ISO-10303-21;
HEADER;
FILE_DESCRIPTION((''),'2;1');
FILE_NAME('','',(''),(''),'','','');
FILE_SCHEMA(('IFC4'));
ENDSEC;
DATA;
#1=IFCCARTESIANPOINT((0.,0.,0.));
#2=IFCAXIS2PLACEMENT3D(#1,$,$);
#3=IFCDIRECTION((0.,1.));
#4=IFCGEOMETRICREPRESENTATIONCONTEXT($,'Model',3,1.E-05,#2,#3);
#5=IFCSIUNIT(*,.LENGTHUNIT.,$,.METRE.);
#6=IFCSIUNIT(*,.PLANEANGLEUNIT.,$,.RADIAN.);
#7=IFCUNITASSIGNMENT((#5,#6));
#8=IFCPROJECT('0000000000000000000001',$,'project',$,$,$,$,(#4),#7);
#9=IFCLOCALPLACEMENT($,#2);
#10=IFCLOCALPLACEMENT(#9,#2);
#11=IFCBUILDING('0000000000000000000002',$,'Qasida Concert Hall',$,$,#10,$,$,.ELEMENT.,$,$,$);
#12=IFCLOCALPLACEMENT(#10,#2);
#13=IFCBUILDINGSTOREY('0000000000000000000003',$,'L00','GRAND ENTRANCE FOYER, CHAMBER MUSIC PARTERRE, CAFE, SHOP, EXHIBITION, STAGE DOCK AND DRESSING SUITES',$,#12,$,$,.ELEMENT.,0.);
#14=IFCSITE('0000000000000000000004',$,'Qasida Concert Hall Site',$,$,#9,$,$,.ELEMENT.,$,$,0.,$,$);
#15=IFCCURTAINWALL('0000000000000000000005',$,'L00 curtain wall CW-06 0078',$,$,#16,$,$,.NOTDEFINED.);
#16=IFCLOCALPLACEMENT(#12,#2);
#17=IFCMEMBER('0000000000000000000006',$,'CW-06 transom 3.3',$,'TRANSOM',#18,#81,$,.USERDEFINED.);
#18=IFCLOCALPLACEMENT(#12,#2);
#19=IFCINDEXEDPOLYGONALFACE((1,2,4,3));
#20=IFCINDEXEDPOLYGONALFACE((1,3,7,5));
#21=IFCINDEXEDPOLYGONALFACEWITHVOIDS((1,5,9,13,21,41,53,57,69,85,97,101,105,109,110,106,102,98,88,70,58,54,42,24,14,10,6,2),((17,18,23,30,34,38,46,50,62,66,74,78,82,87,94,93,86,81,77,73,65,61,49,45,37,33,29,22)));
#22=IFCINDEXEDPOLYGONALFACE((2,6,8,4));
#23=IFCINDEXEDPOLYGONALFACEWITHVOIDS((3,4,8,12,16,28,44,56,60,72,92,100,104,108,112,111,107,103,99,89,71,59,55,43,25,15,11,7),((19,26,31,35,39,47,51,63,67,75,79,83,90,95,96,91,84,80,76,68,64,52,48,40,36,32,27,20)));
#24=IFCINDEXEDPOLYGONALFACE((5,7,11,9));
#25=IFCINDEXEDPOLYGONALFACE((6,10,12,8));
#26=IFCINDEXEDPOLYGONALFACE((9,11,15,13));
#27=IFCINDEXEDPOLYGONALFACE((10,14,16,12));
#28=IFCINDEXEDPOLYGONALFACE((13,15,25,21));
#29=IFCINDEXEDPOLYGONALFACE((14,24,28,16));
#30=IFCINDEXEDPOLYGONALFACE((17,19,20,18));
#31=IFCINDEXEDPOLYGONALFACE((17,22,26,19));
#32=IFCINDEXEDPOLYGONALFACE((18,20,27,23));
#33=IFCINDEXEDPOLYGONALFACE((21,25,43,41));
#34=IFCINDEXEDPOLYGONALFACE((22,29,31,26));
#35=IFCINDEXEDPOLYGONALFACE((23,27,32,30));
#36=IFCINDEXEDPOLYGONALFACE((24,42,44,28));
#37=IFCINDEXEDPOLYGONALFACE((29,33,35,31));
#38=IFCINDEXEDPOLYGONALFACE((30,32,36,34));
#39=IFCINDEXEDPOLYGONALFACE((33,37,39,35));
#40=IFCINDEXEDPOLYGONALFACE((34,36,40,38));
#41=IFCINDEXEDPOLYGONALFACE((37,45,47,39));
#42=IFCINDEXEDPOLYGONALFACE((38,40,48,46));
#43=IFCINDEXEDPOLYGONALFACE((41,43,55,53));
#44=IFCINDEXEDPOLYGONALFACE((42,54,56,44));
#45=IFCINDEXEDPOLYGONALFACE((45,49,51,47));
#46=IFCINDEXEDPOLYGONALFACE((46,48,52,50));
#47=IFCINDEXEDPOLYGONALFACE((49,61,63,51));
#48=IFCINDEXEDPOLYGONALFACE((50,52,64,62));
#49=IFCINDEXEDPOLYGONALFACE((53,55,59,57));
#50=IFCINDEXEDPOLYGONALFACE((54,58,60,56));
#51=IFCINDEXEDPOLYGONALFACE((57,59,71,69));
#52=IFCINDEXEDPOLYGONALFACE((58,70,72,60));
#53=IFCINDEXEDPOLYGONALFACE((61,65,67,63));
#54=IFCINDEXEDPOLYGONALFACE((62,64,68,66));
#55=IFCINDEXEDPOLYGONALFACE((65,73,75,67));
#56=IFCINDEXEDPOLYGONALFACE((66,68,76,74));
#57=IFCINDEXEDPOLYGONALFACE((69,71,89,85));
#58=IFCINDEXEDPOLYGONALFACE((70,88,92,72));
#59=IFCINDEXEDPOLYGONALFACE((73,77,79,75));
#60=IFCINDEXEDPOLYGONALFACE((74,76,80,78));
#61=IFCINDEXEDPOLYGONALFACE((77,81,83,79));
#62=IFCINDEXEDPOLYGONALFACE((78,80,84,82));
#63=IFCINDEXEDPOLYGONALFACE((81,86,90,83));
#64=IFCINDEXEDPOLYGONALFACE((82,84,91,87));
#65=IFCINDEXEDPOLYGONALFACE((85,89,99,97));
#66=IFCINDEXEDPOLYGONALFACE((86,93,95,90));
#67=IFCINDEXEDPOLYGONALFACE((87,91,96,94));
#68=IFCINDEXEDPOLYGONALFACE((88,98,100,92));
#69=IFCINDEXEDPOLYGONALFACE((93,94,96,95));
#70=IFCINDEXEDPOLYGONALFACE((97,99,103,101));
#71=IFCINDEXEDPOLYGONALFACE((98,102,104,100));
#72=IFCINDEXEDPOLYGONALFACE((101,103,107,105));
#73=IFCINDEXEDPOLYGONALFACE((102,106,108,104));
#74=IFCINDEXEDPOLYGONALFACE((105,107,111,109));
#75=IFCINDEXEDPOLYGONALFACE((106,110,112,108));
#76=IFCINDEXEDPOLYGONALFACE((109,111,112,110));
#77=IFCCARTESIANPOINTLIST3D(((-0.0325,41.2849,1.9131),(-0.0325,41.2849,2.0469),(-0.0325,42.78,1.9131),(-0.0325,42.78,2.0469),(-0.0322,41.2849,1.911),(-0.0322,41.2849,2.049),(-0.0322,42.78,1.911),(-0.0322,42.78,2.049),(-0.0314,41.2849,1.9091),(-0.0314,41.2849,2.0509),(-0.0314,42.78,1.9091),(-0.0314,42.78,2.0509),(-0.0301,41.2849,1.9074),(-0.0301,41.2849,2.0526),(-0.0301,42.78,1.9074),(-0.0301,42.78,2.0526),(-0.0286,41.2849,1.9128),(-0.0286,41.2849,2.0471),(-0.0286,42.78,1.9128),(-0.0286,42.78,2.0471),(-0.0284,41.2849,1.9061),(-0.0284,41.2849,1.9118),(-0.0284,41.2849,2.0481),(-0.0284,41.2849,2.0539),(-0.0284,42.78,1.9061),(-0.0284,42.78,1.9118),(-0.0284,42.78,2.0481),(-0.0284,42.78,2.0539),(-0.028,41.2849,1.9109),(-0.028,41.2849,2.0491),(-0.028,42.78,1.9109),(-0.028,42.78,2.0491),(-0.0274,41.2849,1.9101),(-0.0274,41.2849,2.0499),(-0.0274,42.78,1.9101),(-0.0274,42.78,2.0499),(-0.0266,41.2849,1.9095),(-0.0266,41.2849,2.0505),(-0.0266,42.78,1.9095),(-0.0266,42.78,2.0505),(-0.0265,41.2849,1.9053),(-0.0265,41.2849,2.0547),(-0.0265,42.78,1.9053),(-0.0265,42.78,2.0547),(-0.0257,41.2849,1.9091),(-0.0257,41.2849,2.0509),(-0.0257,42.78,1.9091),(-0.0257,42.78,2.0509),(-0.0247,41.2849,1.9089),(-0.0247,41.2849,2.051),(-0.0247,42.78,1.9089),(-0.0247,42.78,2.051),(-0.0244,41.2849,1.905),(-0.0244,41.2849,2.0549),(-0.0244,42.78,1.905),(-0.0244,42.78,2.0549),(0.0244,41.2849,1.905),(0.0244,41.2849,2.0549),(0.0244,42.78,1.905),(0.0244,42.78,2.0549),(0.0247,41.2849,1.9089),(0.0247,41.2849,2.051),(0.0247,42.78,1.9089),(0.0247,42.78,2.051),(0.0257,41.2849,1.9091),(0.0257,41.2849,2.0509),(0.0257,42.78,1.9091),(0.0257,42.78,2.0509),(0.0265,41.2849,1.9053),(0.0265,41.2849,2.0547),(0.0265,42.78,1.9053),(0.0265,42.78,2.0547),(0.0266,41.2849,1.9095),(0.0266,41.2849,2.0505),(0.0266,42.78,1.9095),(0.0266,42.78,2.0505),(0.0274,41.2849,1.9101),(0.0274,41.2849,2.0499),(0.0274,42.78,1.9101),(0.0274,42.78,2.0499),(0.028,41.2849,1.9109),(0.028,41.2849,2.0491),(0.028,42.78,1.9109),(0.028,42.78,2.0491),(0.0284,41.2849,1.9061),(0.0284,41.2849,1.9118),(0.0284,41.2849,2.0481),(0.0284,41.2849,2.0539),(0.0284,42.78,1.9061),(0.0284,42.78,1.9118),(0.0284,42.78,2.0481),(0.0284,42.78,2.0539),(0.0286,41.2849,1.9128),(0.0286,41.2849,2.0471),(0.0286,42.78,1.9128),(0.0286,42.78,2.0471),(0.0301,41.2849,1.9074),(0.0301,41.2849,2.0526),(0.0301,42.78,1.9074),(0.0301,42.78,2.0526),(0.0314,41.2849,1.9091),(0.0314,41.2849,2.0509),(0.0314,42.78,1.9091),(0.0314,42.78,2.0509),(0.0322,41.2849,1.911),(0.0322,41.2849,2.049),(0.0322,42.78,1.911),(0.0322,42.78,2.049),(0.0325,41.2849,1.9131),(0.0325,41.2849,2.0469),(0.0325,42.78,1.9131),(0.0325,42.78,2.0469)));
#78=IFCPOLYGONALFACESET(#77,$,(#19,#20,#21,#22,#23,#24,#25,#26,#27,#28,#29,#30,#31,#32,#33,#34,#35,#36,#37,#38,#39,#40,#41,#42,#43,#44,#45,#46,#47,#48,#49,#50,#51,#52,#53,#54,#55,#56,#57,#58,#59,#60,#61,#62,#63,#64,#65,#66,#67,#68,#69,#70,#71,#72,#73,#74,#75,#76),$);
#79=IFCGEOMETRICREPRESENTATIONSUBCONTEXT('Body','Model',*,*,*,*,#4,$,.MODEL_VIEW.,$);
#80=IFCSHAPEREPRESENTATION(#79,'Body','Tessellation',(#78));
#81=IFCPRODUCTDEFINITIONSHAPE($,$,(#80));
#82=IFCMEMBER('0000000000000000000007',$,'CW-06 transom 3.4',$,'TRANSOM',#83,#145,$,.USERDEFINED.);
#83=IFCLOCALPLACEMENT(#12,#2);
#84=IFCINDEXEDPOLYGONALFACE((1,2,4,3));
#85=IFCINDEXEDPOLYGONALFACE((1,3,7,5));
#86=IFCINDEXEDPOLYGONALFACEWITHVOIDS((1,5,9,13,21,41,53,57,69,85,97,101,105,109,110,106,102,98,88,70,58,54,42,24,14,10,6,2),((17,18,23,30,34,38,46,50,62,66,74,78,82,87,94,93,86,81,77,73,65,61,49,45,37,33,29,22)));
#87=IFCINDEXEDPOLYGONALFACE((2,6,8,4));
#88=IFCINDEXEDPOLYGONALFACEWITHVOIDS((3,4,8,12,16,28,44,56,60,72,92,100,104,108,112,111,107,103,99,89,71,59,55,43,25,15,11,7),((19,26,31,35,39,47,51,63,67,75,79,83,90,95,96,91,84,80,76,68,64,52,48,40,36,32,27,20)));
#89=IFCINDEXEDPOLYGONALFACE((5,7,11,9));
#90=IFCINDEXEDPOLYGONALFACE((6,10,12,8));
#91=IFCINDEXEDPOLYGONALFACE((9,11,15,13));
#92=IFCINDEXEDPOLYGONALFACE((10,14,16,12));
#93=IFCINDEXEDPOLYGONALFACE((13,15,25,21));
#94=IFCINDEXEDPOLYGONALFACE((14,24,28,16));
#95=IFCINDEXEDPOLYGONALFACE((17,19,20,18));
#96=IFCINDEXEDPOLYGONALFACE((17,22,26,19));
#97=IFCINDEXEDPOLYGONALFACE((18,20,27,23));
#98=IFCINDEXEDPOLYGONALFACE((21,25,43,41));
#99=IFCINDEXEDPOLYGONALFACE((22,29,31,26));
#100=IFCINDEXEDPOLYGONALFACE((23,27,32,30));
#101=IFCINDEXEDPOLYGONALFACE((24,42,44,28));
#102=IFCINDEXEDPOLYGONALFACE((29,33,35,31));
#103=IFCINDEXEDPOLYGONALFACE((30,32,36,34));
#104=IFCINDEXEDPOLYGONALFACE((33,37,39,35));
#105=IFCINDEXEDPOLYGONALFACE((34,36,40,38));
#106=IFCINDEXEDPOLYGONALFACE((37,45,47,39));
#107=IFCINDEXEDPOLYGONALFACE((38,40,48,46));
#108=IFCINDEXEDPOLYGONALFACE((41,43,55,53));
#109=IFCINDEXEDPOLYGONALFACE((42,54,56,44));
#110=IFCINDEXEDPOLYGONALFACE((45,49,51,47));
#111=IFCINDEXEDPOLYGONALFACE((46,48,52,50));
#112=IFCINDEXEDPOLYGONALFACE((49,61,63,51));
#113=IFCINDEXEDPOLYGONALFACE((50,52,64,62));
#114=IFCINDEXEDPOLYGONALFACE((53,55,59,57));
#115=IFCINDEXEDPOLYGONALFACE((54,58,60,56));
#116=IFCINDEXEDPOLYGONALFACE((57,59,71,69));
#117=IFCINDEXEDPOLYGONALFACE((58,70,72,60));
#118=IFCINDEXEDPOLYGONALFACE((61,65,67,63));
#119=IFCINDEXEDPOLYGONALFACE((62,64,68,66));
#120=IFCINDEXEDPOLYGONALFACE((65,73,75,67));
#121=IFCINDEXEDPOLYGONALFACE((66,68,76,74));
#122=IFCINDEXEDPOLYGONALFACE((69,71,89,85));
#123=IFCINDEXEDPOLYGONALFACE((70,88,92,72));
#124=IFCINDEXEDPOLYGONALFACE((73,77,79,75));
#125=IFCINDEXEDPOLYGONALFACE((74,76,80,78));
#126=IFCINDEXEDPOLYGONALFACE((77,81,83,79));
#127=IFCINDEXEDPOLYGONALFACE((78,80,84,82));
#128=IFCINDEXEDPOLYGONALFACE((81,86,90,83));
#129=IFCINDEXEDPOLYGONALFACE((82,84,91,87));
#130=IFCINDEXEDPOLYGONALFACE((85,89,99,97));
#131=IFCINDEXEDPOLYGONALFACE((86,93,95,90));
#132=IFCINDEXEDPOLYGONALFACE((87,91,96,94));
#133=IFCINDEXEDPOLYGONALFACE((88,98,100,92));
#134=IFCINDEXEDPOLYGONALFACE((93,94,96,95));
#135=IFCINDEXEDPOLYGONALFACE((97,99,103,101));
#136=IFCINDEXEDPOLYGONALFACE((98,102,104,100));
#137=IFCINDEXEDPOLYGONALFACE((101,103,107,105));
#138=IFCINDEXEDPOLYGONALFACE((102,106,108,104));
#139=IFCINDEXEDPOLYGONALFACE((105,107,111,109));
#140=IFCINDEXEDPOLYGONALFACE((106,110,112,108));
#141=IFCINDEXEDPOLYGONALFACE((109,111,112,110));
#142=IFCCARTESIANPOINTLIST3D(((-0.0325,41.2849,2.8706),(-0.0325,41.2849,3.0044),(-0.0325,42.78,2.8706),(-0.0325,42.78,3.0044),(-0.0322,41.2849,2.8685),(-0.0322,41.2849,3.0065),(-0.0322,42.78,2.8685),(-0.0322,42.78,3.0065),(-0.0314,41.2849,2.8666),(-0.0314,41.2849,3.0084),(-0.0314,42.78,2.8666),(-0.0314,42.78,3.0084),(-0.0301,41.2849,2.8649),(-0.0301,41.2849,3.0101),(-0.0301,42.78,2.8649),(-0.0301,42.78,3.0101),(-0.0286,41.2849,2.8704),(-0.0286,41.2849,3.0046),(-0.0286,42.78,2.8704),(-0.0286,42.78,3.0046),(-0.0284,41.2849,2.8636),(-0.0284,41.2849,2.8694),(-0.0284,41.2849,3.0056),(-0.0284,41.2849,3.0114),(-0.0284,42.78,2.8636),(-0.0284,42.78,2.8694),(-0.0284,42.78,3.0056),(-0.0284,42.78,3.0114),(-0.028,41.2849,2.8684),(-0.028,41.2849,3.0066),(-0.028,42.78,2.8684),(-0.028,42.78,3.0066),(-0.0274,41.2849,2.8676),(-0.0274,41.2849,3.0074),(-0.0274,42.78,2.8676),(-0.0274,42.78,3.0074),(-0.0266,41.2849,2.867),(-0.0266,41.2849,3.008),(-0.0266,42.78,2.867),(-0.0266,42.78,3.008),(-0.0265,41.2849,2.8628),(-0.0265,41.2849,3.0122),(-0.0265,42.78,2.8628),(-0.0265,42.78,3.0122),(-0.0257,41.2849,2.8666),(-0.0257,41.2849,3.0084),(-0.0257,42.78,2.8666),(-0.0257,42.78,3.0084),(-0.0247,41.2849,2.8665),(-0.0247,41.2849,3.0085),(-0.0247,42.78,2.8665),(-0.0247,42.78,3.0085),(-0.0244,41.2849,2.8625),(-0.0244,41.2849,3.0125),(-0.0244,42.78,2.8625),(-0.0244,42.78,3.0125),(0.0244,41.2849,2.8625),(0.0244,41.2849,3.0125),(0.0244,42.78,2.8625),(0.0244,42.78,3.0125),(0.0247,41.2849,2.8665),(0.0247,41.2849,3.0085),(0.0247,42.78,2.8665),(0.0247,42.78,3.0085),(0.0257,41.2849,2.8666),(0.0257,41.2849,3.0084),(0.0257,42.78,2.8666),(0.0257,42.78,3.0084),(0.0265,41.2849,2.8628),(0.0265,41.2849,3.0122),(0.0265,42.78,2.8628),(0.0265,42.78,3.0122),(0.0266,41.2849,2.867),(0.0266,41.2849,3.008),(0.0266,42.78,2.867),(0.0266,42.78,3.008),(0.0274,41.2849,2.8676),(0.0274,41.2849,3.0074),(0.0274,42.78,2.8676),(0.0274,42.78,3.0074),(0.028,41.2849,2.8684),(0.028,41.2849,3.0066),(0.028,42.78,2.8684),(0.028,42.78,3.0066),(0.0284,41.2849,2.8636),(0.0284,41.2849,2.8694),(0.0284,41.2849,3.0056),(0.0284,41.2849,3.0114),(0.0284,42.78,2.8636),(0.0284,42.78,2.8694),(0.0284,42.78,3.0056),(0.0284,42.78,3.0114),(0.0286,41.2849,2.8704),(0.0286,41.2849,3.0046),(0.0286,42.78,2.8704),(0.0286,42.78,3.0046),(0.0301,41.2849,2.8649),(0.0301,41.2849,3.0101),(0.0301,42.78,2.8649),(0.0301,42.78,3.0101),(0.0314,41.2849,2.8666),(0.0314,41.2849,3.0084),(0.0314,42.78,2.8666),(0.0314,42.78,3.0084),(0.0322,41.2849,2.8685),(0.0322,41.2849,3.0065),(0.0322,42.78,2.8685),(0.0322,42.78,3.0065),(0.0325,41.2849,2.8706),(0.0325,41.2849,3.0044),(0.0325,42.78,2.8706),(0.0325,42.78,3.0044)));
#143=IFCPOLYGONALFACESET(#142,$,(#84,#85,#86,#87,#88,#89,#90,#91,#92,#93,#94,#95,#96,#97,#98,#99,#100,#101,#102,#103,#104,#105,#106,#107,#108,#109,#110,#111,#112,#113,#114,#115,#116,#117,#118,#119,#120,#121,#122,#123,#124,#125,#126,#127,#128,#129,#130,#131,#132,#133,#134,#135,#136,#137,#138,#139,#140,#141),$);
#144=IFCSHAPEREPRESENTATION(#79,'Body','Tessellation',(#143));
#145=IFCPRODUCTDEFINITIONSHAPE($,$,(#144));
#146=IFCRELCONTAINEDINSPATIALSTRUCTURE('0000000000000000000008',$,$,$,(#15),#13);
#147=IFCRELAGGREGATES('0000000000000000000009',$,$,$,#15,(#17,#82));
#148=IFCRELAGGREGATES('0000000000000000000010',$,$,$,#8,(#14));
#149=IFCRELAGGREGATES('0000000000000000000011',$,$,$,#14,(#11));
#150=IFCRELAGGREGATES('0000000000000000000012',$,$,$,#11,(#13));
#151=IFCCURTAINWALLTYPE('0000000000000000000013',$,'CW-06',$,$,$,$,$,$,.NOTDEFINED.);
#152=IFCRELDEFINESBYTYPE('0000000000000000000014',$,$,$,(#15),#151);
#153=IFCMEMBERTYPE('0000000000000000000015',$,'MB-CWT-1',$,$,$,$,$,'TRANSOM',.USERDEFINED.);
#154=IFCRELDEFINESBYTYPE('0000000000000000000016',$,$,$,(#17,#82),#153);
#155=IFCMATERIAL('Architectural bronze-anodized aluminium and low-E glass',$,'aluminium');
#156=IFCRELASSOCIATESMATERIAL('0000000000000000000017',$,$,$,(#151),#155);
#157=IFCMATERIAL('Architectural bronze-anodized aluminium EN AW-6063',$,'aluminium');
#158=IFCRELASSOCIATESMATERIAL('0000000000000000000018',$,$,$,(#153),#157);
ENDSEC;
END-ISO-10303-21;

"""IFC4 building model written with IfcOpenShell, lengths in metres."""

from ifc_helpers import new_model, si_unit, direction, frame, origin, origin_2d, place, context, subcontext, project, spatial, hollow_rectangle, extrude, material, material_profile, profile_set, type_object, element, aggregate, save


model = new_model("IFC4")

# Units and contexts
model_context = context("Model", 3, precision=1e-05, world=origin(), true_north=direction((0.0, 1.0)))
body_context = subcontext(model_context, "Body", "Model", "MODEL_VIEW")
ifc_project = project(units=[si_unit("LENGTHUNIT", "METRE"), si_unit("PLANEANGLEUNIT", "RADIAN")], contexts=[model_context])

# Site, building, storey
site_placement = place(None, origin())
site = spatial("IfcSite", under=ifc_project, at=site_placement, Name="Qasida Concert Hall Site", CompositionType="ELEMENT", RefElevation=0.0)
building_placement = place(site_placement, origin())
building = spatial("IfcBuilding", under=site, at=building_placement, Name="Qasida Concert Hall", CompositionType="ELEMENT")
storey_placement = place(building_placement, origin())
storey = spatial("IfcBuildingStorey", under=building, at=storey_placement, Name="L00", Description="GRAND ENTRANCE FOYER, CHAMBER MUSIC PARTERRE, CAFE, SHOP, EXHIBITION, STAGE DOCK AND DRESSING SUITES", CompositionType="ELEMENT", Elevation=0.0)

# Curtain wall, members
ifc_material_1 = material(Name="Architectural bronze-anodized aluminium and low-E glass", Category="aluminium")
curtain_wall_type = type_object("IfcCurtainWallType", Name="CW-06", PredefinedType="NOTDEFINED", material=ifc_material_1)
curtain_wall_placement = place(storey_placement, origin())
curtain_wall = element("IfcCurtainWall", 1, at=curtain_wall_placement, inside=storey, type_object=curtain_wall_type, Name="L00 curtain wall CW-06 0078", PredefinedType="NOTDEFINED")
ifc_material_2 = material(Name="Architectural bronze-anodized aluminium EN AW-6063", Category="aluminium")
ifc_material_profile_1 = material_profile(ifc_material_2, hollow_rectangle(XDim=0.0649, YDim=0.1499, WallThickness=0.0039, InnerFilletRadius=0.0039, OuterFilletRadius=0.0081, at=origin_2d()), Name="CWT 150x65x4")
ifc_profile_set_1 = profile_set([ifc_material_profile_1], Name="Architectural bronze-anodized aluminium EN AW-6063")
member_type_1 = type_object("IfcMemberType", Name="MB-CWT-1", ElementType="TRANSOM", PredefinedType="USERDEFINED", material=ifc_profile_set_1)
member_1_placement = place(storey_placement, frame((0.0, 41.2849, 1.98), z_axis=(0.0, 1.0, 0.0), x_axis=(-1.0, 0.0, 0.0)))
member_1 = element("IfcMember", 2, at=member_1_placement, type_object=member_type_1, Name="CW-06 transom 3.3", ObjectType="TRANSOM", PredefinedType="USERDEFINED", context=body_context, shape_type="SweptSolid", body=[
    extrude(hollow_rectangle(XDim=0.0649, YDim=0.1499, WallThickness=0.0039, InnerFilletRadius=0.0039, OuterFilletRadius=0.0081, at=origin_2d()), origin(), (0.0, 0.0, 1.0), 1.4951),
])
member_2_placement = place(storey_placement, frame((0.0, 41.2849, 2.9375), z_axis=(0.0, 1.0, 0.0), x_axis=(-1.0, 0.0, 0.0)))
member_2 = element("IfcMember", 3, at=member_2_placement, type_object=member_type_1, Name="CW-06 transom 3.4", ObjectType="TRANSOM", PredefinedType="USERDEFINED", context=body_context, shape_type="SweptSolid", body=[
    extrude(hollow_rectangle(XDim=0.0649, YDim=0.1499, WallThickness=0.0039, InnerFilletRadius=0.0039, OuterFilletRadius=0.0081, at=origin_2d()), origin(), (0.0, 0.0, 1.0), 1.4951),
])
aggregate(curtain_wall, [member_1, member_2])

save(model, "model.ifc")
